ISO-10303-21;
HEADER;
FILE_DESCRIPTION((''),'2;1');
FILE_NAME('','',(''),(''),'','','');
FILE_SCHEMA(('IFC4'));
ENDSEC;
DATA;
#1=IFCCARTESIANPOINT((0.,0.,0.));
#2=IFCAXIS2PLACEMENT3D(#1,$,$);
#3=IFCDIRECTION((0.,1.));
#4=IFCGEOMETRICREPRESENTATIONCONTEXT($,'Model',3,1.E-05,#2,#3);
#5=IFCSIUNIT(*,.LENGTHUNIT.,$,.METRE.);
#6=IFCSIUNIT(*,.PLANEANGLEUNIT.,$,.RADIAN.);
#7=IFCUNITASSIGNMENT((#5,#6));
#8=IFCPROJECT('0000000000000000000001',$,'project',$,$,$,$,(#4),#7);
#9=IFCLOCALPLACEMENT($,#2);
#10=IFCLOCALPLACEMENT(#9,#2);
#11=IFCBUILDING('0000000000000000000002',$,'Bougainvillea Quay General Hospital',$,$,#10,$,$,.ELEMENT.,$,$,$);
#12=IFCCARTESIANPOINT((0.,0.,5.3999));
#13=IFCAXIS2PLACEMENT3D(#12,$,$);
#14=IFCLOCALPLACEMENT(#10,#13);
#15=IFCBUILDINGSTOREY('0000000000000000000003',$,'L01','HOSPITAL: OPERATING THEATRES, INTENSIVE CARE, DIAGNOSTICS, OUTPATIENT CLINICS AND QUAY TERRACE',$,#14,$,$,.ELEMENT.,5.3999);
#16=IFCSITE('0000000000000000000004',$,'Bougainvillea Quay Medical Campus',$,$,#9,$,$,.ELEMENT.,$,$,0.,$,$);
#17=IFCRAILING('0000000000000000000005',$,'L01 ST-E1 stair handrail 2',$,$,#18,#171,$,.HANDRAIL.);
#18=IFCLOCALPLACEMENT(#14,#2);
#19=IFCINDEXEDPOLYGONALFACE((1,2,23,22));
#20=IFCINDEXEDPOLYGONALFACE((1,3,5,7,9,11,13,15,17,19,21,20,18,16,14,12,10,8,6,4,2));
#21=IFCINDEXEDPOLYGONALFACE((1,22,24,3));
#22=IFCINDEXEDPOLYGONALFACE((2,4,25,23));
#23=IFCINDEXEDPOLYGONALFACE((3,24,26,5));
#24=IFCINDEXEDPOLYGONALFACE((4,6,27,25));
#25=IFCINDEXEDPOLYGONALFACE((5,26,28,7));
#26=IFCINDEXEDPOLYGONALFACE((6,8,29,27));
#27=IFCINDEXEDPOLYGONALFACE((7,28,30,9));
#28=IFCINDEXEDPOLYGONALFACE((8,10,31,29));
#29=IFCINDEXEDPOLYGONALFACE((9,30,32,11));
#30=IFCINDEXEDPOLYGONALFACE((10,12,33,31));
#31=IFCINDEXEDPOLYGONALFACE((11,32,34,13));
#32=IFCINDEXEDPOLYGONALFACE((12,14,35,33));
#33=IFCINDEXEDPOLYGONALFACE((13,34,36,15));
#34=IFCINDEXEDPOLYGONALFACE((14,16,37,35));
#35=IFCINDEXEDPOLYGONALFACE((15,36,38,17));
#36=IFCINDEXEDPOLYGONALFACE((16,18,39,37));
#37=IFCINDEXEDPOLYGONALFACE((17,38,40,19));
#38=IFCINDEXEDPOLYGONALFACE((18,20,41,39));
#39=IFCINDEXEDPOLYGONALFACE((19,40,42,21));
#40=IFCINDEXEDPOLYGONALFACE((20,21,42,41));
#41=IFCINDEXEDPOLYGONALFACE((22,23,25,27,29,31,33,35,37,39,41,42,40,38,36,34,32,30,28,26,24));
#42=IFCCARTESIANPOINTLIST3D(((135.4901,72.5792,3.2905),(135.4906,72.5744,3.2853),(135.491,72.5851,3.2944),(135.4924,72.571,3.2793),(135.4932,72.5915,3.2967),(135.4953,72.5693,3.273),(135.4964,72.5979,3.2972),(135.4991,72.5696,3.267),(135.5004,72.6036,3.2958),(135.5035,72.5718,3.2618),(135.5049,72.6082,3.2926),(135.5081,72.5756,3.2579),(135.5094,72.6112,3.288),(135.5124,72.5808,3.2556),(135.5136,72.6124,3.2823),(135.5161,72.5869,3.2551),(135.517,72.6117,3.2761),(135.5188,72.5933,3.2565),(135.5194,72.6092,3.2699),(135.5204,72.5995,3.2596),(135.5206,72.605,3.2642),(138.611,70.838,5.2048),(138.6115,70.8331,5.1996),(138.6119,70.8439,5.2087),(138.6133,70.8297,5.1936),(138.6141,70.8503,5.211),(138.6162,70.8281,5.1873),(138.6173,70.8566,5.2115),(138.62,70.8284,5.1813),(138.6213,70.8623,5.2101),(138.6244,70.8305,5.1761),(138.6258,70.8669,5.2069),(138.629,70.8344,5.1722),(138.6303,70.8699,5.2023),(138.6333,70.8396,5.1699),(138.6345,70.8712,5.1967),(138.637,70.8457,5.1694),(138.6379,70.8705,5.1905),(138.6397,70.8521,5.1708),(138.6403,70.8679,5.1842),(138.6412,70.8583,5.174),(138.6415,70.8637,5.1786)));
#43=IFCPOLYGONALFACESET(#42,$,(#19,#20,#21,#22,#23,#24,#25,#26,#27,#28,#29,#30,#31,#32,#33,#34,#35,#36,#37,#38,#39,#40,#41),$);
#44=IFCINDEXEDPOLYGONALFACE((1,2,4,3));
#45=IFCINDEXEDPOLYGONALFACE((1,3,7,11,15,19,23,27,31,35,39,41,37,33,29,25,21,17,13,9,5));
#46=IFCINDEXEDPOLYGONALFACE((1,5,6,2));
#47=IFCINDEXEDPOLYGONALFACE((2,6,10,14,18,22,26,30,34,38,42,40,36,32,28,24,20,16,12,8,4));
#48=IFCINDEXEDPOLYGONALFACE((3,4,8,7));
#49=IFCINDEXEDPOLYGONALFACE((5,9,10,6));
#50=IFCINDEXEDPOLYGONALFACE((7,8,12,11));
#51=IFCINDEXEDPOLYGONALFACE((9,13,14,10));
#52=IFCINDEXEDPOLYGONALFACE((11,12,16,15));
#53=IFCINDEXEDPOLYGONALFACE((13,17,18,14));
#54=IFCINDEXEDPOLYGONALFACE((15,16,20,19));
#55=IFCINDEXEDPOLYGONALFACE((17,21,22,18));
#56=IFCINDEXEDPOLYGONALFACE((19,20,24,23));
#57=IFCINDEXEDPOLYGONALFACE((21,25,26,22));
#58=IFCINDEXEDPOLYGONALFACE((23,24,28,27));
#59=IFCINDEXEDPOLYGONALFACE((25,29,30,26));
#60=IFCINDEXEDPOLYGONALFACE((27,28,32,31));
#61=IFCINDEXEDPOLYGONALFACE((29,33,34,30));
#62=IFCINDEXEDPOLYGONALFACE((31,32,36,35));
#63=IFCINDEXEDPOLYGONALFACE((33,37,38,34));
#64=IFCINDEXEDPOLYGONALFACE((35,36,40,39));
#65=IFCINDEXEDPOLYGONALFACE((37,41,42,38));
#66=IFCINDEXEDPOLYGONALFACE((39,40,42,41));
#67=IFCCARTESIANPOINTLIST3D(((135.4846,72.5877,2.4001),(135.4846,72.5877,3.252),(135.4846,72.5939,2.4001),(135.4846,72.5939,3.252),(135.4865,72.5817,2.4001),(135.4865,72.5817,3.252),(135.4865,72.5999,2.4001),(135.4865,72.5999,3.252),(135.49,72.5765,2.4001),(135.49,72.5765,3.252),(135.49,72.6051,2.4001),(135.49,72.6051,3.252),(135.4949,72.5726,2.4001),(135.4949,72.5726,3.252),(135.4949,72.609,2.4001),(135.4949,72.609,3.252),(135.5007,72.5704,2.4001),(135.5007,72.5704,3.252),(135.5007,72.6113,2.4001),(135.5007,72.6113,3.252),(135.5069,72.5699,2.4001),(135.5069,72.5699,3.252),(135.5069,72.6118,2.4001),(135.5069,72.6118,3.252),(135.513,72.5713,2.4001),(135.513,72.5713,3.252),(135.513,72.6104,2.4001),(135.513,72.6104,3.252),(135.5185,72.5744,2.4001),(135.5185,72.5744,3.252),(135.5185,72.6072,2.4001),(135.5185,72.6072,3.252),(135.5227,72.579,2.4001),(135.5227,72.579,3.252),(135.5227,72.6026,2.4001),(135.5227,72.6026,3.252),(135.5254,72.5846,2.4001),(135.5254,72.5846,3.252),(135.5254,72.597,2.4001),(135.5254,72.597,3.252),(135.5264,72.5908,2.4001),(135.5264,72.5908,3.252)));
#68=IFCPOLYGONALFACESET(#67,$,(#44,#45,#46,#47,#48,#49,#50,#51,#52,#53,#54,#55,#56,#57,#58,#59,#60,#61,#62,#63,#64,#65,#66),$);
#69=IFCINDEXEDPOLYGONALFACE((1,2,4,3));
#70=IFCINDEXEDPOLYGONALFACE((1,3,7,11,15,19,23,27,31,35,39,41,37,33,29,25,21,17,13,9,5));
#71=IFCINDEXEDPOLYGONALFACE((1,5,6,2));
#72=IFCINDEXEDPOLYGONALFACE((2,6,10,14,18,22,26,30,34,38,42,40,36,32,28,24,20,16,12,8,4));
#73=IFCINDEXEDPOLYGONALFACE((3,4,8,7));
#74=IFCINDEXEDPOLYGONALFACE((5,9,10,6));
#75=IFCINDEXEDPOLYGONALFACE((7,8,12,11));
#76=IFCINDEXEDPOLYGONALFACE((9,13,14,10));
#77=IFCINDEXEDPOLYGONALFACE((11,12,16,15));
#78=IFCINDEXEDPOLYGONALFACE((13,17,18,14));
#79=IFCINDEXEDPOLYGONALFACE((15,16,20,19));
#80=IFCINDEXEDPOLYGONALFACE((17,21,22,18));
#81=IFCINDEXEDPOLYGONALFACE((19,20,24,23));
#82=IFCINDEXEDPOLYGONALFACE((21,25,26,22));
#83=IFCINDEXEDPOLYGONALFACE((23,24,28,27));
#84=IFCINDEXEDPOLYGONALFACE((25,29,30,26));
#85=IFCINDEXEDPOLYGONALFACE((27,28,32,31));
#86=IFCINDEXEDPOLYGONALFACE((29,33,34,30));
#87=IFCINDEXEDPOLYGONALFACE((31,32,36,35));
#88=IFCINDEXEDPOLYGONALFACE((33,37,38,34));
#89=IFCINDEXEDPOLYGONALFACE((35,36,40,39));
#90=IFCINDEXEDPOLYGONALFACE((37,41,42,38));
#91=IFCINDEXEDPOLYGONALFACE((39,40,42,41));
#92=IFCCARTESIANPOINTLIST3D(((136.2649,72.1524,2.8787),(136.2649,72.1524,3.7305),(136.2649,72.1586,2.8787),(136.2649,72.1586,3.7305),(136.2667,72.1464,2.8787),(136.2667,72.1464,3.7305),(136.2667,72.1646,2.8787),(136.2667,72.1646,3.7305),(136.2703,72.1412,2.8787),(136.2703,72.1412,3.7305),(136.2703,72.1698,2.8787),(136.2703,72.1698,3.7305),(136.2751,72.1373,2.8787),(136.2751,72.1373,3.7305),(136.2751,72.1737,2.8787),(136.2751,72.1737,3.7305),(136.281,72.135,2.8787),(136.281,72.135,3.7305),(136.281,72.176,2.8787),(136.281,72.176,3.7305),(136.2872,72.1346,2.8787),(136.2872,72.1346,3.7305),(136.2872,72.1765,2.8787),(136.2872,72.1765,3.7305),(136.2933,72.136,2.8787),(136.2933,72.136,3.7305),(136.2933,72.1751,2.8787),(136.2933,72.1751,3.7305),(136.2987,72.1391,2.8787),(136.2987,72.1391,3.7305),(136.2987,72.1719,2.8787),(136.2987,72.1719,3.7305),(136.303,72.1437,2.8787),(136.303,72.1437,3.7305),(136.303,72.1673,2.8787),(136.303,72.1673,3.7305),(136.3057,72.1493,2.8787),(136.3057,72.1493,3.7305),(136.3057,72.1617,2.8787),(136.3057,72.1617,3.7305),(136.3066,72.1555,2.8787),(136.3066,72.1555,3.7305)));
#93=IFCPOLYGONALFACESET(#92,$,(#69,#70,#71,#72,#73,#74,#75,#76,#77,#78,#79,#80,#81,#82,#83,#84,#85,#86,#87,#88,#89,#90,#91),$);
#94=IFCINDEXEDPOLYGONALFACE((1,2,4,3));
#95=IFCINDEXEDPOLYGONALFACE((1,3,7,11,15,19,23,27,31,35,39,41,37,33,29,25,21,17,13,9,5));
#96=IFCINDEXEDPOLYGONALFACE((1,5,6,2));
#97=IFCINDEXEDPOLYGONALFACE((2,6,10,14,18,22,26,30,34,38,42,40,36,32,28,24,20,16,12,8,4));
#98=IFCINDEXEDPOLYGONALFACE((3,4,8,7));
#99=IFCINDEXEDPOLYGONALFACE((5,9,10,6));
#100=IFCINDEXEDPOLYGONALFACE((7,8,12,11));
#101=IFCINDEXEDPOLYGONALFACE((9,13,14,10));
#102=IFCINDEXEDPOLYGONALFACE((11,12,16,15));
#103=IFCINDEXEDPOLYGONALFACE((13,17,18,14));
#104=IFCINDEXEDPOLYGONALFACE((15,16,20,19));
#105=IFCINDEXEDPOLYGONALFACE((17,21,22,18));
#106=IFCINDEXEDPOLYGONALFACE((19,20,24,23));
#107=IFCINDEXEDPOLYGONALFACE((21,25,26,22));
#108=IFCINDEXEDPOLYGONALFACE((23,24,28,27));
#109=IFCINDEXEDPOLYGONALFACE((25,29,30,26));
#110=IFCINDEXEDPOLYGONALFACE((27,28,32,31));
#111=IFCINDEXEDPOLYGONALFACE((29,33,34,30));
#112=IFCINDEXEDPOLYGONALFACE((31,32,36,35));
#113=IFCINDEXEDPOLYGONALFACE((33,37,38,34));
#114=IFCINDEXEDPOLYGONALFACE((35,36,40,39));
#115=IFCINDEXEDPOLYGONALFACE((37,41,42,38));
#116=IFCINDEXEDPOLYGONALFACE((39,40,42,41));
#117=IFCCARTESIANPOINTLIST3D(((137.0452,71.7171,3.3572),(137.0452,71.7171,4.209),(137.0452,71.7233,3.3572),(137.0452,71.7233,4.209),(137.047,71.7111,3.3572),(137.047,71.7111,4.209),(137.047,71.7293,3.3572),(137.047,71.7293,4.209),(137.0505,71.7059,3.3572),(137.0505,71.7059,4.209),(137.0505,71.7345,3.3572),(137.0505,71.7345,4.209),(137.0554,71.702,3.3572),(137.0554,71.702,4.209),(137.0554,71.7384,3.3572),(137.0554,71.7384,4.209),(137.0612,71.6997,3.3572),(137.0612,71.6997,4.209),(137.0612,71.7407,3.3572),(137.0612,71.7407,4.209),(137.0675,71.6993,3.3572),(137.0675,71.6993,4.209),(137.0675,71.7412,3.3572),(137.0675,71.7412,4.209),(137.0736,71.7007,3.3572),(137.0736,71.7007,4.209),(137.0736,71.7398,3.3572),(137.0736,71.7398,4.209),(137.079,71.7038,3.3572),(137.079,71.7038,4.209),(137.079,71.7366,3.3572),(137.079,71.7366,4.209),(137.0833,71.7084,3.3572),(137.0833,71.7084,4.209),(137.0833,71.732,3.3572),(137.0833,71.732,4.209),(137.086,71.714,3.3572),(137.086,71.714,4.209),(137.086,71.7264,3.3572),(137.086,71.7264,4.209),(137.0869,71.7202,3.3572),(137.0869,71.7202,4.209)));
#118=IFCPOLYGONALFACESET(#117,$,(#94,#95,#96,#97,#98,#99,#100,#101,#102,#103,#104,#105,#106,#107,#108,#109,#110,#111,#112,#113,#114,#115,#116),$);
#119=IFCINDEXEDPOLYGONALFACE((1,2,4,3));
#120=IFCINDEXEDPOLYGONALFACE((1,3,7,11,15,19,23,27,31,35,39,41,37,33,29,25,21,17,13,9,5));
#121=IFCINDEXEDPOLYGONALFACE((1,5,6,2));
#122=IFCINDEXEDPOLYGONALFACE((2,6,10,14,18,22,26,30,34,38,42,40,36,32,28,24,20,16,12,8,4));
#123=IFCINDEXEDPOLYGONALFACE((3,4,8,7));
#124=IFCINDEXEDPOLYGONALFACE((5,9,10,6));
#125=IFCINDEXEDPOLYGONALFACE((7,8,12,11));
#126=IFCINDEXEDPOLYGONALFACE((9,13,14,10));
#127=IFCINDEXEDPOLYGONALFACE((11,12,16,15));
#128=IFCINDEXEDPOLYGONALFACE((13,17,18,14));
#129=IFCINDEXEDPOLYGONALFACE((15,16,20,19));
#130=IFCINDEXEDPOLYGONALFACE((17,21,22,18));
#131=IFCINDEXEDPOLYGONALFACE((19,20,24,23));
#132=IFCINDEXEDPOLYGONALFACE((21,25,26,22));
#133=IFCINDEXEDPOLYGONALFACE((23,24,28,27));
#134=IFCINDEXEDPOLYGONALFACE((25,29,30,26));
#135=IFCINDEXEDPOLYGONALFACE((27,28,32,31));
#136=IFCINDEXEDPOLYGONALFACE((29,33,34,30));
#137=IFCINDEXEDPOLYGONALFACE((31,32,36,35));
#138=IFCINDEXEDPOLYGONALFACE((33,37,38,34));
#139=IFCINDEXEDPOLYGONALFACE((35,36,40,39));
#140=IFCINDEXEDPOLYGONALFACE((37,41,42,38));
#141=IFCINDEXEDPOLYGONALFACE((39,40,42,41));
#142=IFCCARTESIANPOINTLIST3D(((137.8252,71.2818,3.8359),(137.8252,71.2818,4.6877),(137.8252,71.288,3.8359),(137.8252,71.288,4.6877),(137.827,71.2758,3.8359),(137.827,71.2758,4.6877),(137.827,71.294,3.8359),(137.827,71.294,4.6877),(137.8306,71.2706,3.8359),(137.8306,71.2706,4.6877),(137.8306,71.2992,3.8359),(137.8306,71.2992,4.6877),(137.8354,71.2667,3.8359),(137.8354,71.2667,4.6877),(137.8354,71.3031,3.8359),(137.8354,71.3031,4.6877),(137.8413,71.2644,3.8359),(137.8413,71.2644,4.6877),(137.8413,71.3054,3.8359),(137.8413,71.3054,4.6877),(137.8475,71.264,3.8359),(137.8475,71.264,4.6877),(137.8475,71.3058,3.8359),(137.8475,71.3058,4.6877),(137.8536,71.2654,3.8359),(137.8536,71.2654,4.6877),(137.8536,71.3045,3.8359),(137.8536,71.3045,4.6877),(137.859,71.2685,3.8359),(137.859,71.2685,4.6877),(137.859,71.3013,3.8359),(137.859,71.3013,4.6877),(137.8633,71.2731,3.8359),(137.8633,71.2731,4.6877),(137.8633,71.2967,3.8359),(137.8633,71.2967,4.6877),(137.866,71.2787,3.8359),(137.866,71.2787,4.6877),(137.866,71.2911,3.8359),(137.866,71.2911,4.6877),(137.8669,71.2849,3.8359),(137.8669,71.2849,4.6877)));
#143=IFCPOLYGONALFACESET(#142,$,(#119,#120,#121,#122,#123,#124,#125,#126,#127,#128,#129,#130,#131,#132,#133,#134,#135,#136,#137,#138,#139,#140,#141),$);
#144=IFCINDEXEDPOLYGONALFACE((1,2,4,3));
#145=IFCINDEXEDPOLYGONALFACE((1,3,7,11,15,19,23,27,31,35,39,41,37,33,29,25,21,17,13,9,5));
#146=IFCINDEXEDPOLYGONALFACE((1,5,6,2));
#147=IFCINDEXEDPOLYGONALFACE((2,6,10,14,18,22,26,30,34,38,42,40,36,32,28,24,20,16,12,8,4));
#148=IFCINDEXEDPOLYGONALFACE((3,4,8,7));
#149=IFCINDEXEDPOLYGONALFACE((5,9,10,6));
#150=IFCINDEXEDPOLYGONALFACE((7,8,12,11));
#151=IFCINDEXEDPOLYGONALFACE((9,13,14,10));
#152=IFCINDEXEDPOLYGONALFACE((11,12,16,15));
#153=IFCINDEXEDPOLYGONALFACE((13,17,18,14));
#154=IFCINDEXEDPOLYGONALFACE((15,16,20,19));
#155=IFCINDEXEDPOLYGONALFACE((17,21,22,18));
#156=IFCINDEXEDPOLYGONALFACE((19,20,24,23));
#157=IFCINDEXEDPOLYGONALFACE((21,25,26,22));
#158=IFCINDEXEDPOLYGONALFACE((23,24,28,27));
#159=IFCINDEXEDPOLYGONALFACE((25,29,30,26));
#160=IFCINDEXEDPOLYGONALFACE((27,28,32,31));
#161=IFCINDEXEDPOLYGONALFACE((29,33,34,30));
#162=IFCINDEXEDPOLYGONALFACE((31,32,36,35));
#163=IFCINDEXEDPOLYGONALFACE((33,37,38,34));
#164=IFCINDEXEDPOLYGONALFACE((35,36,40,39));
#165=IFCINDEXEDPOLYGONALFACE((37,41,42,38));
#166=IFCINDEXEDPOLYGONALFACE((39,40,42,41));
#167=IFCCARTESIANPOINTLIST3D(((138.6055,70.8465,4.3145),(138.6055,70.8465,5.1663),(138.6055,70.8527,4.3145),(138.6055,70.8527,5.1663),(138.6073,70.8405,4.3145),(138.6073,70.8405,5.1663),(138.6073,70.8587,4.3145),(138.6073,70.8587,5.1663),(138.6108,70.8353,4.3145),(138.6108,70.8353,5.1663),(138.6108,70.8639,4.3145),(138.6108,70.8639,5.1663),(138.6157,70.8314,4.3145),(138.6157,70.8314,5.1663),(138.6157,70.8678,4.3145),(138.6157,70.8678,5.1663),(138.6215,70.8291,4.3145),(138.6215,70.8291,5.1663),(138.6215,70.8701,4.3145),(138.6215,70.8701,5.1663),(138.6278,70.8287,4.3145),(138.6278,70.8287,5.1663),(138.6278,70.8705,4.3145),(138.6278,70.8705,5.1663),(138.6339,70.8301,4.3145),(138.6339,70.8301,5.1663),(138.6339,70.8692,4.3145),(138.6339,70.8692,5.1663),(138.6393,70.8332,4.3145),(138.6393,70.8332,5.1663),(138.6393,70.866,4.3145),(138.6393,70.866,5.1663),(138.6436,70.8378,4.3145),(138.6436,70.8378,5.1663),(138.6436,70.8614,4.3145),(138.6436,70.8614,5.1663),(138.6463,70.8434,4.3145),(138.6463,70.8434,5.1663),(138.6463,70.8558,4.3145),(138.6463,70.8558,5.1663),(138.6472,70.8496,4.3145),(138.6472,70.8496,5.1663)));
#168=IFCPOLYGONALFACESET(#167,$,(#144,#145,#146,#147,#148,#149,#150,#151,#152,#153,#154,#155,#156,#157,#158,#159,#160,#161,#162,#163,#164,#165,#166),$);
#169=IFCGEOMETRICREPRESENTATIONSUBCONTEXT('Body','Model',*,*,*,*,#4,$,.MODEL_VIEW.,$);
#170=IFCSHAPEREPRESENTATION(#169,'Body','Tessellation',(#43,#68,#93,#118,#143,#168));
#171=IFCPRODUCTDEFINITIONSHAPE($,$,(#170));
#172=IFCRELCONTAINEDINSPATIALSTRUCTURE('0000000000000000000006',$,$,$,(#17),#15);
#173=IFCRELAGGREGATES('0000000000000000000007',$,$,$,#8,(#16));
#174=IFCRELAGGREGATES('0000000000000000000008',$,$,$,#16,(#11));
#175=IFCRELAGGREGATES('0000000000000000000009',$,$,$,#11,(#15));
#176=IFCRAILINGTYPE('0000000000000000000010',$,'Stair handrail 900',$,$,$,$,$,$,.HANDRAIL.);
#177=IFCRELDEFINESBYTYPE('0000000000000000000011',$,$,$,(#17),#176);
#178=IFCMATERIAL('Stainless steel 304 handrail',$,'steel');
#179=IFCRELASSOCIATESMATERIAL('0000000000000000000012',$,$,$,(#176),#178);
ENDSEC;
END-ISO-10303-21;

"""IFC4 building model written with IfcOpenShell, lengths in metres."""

from ifc_helpers import new_model, si_unit, direction, frame, origin, origin_2d, place, context, subcontext, project, spatial, circle, extrude, material, type_object, element, save


model = new_model("IFC4")

# Units and contexts
model_context = context("Model", 3, precision=1e-05, world=origin(), true_north=direction((0.0, 1.0)))
body_context = subcontext(model_context, "Body", "Model", "MODEL_VIEW")
ifc_project = project(units=[si_unit("LENGTHUNIT", "METRE"), si_unit("PLANEANGLEUNIT", "RADIAN")], contexts=[model_context])

# Site, building, storey
site_placement = place(None, origin())
site = spatial("IfcSite", under=ifc_project, at=site_placement, Name="Bougainvillea Quay Medical Campus", CompositionType="ELEMENT", RefElevation=0.0)
building_placement = place(site_placement, origin())
building = spatial("IfcBuilding", under=site, at=building_placement, Name="Bougainvillea Quay General Hospital", CompositionType="ELEMENT")
storey_placement = place(building_placement, frame((0.0, 0.0, 5.3999)))
storey = spatial("IfcBuildingStorey", under=building, at=storey_placement, Name="L01", Description="HOSPITAL: OPERATING THEATRES, INTENSIVE CARE, DIAGNOSTICS, OUTPATIENT CLINICS AND QUAY TERRACE", CompositionType="ELEMENT", Elevation=5.3999)

# Railing
ifc_material_1 = material(Name="Stainless steel 304 handrail", Category="steel")
railing_type_1 = type_object("IfcRailingType", Name="Stair handrail 900", PredefinedType="HANDRAIL", material=ifc_material_1)
railing_1_placement = place(storey_placement, frame((135.5054, 72.5908, 2.4001)))
element("IfcRailing", 1, at=railing_1_placement, inside=storey, type_object=railing_type_1, Name="L01 ST-E1 stair handrail 2", PredefinedType="HANDRAIL", context=body_context, shape_type="SweptSolid", body=[
    extrude(circle(Radius=0.0239, at=origin_2d()), frame((0.0, 0.0, 0.876), z_axis=(0.769792, -0.429489, 0.472185), x_axis=(0.487226, 0.873276, 0.0)), (0.0, 0.0, 1.0), 4.0542),
    extrude(circle(Radius=0.021, at=origin_2d()), origin(), (0.0, 0.0, 1.0), 0.8518),
    extrude(circle(Radius=0.021, at=origin_2d()), frame((0.7803, -0.4353, 0.4785)), (0.0, 0.0, 1.0), 0.8518),
    extrude(circle(Radius=0.021, at=origin_2d()), frame((1.5605, -0.8706, 0.957)), (0.0, 0.0, 1.0), 0.8518),
    extrude(circle(Radius=0.021, at=origin_2d()), frame((2.3406, -1.3059, 1.4358)), (0.0, 0.0, 1.0), 0.8518),
    extrude(circle(Radius=0.021, at=origin_2d()), frame((3.1208, -1.7412, 1.9143)), (0.0, 0.0, 1.0), 0.8518),
])

save(model, "model.ifc")
